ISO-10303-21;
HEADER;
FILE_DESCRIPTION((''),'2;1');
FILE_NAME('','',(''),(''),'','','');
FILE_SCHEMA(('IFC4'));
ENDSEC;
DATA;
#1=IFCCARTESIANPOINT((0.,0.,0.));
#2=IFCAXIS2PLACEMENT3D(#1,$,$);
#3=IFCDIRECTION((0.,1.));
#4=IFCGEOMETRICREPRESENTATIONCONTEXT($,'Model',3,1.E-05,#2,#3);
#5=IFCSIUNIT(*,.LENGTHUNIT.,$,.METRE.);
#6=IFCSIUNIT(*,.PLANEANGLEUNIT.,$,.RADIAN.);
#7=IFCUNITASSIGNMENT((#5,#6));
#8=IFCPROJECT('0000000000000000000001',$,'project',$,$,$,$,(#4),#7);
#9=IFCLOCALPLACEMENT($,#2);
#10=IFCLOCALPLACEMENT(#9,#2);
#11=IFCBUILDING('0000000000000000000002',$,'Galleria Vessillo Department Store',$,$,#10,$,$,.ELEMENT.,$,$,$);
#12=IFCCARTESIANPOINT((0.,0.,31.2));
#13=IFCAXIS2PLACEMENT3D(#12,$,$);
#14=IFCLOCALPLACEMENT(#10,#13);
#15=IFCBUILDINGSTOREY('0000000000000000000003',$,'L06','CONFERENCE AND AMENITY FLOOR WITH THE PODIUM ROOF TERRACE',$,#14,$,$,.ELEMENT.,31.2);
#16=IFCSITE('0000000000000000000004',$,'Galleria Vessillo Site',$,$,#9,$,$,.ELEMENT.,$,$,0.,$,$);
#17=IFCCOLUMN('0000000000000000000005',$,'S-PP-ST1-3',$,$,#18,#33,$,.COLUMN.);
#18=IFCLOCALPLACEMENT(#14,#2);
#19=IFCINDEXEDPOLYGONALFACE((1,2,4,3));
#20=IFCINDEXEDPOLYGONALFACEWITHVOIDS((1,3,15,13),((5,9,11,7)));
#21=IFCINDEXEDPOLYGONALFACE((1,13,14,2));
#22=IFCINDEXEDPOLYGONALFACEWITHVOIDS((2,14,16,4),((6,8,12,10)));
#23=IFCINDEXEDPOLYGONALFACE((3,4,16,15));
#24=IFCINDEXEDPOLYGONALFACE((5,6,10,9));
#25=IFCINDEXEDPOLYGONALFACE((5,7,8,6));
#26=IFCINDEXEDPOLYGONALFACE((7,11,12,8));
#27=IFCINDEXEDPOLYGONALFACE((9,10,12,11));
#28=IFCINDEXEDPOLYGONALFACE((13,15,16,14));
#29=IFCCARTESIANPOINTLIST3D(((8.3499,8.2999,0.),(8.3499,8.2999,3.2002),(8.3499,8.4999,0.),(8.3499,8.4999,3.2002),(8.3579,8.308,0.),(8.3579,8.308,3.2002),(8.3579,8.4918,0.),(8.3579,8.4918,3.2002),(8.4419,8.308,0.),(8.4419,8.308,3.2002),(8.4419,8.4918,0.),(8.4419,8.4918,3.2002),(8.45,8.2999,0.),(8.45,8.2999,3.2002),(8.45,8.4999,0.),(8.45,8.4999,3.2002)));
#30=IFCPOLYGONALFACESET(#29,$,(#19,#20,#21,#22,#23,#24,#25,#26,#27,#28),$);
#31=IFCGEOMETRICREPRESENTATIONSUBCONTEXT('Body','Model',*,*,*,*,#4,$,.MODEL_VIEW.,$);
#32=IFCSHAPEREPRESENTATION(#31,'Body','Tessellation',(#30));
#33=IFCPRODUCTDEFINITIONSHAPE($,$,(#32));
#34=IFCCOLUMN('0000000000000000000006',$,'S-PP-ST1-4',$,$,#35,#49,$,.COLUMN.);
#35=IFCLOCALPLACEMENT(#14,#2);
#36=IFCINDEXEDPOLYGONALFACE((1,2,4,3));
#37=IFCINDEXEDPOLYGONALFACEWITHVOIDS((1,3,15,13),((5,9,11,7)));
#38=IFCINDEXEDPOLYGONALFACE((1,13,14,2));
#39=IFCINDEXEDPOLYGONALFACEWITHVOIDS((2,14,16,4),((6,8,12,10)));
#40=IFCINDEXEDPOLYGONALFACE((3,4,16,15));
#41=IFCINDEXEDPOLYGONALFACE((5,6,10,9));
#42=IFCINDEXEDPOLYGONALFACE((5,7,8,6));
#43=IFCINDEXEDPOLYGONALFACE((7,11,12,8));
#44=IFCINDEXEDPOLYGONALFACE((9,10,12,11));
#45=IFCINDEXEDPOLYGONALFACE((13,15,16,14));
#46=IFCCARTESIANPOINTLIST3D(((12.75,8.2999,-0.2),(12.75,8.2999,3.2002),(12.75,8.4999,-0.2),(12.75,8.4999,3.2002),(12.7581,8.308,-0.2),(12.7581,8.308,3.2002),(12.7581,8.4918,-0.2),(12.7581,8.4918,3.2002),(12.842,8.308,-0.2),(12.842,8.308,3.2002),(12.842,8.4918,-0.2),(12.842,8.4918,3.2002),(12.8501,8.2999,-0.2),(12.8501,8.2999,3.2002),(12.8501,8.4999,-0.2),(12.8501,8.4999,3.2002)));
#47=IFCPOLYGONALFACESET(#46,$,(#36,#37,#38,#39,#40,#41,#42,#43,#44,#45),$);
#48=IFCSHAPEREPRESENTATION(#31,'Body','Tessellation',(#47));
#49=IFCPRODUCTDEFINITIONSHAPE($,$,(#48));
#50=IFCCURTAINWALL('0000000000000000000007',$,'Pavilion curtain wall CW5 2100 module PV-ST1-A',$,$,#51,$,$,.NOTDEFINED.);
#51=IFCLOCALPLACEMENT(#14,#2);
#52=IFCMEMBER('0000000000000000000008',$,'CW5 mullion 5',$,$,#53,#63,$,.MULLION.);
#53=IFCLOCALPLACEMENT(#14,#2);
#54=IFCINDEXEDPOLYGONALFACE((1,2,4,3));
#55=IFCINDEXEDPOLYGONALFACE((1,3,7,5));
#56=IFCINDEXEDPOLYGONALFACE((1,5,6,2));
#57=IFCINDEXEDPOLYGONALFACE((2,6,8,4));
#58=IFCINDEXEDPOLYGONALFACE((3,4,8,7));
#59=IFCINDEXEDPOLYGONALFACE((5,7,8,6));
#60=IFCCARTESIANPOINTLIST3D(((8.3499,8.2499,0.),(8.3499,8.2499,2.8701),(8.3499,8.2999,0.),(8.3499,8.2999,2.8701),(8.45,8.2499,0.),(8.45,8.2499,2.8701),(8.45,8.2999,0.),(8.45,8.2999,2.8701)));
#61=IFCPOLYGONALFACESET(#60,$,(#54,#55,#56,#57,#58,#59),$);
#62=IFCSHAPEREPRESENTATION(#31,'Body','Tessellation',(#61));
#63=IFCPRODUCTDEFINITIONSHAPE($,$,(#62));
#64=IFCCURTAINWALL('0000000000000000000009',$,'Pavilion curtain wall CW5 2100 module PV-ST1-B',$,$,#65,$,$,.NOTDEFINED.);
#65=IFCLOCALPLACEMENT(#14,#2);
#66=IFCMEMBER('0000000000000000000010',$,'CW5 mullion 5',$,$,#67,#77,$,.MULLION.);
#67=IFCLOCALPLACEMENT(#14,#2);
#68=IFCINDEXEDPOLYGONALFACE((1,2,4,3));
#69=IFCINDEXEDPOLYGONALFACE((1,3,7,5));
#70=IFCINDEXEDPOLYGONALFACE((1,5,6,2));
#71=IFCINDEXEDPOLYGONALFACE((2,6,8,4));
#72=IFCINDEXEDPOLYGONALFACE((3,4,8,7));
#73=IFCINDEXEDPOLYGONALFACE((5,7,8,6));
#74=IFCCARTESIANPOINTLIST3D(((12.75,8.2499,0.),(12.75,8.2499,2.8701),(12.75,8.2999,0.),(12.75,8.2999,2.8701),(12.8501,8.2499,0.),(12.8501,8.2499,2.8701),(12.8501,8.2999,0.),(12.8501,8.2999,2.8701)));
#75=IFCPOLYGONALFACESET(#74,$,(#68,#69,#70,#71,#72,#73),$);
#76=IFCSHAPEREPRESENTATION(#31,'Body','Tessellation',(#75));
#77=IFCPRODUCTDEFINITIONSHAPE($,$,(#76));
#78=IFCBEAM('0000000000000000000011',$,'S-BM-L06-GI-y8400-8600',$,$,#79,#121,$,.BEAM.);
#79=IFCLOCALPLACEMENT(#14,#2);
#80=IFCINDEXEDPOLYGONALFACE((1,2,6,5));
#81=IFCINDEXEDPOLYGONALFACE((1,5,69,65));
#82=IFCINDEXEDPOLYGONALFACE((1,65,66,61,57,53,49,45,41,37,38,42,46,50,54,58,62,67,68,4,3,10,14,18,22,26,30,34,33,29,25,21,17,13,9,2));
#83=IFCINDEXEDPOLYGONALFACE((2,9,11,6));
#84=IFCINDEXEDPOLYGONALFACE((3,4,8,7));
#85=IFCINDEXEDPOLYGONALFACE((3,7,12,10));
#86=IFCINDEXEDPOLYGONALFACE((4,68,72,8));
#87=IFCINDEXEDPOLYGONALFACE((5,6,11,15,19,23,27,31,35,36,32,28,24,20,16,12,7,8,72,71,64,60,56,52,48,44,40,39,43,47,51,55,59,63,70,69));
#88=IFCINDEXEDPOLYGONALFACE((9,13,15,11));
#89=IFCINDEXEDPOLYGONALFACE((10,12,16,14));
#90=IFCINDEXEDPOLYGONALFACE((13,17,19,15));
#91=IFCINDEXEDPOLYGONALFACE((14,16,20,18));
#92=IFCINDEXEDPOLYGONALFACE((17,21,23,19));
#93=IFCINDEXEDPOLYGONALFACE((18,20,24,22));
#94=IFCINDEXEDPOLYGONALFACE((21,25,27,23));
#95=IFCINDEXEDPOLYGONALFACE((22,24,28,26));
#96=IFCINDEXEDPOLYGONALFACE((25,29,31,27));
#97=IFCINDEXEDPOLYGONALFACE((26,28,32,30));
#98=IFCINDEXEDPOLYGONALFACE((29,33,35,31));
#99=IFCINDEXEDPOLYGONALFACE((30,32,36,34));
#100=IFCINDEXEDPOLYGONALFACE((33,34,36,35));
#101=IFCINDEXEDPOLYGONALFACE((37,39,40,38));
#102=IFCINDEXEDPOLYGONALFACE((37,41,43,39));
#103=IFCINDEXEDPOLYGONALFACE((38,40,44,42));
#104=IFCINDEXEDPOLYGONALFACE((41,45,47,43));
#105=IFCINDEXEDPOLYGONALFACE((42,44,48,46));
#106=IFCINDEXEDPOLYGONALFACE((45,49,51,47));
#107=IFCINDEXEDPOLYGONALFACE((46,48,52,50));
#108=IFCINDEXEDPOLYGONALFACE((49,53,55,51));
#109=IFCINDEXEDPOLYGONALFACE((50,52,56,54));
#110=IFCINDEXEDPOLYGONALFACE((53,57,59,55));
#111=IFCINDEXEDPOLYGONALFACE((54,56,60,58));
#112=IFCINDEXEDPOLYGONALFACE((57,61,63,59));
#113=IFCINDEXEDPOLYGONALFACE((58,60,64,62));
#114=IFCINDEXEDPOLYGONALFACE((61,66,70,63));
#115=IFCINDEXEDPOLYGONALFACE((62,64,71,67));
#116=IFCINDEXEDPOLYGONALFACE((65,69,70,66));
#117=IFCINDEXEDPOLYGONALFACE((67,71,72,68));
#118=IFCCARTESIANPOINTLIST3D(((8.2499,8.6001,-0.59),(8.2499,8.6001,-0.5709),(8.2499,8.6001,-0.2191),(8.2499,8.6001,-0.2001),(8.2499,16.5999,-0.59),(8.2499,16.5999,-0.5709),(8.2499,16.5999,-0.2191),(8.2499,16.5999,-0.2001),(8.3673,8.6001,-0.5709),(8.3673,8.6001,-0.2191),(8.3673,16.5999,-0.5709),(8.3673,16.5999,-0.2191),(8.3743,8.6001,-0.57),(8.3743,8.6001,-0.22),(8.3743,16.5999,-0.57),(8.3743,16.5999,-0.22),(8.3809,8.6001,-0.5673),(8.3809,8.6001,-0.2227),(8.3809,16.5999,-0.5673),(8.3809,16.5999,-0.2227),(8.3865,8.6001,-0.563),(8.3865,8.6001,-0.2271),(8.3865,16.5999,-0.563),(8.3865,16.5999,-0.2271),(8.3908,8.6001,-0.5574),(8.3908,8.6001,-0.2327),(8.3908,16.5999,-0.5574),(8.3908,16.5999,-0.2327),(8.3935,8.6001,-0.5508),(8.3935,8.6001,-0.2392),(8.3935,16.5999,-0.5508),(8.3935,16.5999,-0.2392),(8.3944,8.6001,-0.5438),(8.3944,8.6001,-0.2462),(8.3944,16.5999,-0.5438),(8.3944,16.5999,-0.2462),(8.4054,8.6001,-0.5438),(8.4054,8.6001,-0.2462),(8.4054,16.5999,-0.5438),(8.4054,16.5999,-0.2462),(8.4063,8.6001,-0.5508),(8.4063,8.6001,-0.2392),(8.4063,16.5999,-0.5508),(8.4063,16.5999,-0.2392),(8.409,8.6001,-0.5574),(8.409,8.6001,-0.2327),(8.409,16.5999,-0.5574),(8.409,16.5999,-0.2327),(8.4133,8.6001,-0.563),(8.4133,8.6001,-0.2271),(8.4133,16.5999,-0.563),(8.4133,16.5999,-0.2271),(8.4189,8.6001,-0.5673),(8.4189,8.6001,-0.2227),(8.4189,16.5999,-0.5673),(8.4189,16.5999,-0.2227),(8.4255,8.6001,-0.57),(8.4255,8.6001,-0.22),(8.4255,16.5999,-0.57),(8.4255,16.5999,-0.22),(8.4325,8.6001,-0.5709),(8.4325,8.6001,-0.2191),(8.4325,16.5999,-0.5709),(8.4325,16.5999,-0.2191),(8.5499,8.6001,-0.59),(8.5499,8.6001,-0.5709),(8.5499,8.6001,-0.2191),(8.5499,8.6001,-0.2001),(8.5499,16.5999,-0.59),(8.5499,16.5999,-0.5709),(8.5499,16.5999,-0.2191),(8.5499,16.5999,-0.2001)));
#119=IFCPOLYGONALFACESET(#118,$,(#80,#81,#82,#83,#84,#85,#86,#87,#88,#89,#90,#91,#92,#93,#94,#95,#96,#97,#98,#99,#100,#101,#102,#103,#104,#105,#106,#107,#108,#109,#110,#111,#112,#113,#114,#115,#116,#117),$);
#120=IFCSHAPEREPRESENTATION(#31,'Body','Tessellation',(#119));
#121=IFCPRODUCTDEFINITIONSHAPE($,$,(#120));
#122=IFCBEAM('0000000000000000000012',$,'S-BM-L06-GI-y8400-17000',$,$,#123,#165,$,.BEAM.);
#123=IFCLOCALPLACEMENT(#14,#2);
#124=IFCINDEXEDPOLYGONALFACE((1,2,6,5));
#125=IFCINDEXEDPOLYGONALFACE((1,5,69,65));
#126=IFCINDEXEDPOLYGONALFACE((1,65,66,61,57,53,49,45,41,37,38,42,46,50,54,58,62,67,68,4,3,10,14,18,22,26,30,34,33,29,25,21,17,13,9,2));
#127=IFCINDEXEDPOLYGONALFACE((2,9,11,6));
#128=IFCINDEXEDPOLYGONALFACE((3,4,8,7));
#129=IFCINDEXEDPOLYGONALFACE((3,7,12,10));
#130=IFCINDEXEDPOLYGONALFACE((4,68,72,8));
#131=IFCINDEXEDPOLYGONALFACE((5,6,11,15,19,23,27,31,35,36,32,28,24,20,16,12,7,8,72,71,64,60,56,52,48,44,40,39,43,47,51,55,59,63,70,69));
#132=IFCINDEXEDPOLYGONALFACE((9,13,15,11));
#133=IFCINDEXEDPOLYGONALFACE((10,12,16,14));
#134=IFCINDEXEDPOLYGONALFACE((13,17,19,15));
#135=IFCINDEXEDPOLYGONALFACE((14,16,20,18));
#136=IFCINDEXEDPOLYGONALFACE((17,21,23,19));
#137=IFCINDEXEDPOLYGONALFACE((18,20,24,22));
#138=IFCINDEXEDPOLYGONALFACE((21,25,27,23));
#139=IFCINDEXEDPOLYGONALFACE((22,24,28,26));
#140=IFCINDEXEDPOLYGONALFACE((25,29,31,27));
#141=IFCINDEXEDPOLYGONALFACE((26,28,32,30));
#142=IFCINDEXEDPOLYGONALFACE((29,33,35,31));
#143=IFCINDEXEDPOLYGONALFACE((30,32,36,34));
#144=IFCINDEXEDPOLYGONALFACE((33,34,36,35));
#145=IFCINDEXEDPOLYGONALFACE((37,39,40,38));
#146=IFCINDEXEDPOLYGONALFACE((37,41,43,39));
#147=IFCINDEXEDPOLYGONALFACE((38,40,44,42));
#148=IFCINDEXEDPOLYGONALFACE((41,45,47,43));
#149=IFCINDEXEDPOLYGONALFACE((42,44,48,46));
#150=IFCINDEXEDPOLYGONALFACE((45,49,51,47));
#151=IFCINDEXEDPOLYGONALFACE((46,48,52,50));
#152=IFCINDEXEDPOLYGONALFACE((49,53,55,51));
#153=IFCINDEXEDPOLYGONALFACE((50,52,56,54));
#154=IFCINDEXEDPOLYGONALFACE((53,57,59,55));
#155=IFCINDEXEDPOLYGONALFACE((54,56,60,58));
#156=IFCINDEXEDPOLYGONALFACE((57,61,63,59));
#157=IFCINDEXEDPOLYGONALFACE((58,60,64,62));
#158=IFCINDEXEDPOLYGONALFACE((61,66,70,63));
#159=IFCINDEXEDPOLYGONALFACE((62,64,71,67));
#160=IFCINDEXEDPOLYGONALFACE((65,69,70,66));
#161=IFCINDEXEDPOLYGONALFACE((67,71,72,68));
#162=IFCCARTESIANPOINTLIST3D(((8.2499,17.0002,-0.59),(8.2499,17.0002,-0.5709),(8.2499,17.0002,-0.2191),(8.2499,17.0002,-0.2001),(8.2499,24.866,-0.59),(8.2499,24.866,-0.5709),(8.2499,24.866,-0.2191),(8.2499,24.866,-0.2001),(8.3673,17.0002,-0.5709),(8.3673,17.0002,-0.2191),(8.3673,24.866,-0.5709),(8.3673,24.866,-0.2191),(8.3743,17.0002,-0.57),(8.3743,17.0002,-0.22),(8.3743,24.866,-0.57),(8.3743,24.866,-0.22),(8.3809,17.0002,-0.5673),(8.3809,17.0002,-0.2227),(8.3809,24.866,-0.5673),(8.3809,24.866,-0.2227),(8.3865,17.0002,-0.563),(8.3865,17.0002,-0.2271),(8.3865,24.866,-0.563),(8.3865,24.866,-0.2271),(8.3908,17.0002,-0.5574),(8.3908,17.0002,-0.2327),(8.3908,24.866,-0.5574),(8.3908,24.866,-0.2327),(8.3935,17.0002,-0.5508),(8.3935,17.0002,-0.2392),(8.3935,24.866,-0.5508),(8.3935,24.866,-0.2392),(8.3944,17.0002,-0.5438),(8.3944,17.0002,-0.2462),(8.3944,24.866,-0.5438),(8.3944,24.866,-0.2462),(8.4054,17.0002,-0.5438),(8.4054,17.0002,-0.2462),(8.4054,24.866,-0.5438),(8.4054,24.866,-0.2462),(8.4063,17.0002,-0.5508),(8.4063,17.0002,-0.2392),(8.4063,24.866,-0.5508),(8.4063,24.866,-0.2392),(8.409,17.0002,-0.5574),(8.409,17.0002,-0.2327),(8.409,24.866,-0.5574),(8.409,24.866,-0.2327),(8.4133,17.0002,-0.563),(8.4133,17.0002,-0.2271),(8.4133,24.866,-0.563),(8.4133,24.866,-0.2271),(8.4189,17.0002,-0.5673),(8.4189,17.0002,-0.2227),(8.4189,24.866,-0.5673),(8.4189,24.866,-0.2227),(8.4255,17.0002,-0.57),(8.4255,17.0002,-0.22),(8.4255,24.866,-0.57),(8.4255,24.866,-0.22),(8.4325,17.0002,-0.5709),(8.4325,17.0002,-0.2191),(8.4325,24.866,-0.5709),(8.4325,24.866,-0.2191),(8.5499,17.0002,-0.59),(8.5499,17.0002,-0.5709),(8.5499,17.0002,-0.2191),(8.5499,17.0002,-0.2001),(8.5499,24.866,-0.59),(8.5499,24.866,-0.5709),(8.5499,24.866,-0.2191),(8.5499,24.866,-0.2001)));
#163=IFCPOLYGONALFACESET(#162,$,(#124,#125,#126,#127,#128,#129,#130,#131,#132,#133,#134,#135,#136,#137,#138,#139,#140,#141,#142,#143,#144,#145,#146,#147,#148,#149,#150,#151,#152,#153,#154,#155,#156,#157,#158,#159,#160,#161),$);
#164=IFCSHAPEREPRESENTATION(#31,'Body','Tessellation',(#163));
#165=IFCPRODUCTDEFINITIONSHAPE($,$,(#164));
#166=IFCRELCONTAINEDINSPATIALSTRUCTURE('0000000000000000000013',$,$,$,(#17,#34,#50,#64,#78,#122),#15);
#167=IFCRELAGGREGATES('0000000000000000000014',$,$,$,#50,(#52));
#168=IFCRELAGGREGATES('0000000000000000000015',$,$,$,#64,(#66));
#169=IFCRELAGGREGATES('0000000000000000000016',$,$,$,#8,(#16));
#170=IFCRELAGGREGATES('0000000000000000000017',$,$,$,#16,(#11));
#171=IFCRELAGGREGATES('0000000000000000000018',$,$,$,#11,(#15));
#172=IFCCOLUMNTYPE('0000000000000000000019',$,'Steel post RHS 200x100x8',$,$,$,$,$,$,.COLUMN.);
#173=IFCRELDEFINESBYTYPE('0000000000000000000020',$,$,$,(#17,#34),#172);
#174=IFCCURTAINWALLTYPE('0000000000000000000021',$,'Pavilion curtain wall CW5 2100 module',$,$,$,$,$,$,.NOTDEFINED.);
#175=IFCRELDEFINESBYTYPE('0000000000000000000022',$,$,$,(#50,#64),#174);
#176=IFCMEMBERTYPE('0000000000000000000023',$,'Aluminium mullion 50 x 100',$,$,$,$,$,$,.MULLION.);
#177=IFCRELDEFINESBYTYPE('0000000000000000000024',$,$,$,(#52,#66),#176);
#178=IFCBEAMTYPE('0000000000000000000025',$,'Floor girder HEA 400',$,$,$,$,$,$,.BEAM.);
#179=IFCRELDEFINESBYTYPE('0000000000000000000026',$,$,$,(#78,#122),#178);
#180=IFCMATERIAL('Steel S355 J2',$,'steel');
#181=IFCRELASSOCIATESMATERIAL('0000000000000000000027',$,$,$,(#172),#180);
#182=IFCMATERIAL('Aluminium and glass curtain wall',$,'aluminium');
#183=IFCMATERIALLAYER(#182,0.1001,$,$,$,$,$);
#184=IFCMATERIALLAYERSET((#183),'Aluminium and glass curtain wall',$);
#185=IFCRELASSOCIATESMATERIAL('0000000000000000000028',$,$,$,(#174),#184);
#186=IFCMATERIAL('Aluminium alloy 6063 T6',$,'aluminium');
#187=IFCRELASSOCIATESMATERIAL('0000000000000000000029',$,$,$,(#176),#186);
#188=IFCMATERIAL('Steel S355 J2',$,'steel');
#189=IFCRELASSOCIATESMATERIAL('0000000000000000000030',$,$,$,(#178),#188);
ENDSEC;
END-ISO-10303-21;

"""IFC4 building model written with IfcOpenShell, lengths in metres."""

from ifc_helpers import new_model, si_unit, direction, frame, origin, origin_2d, place, context, subcontext, project, spatial, rectangle, hollow_rectangle, i_section, extrude, material, layer, layer_set, material_profile, profile_set, type_object, element, aggregate, save


model = new_model("IFC4")

# Units and contexts
model_context = context("Model", 3, precision=1e-05, world=origin(), true_north=direction((0.0, 1.0)))
body_context = subcontext(model_context, "Body", "Model", "MODEL_VIEW")
ifc_project = project(units=[si_unit("LENGTHUNIT", "METRE"), si_unit("PLANEANGLEUNIT", "RADIAN")], contexts=[model_context])

# Site, building, storey
site_placement = place(None, origin())
site = spatial("IfcSite", under=ifc_project, at=site_placement, Name="Galleria Vessillo Site", CompositionType="ELEMENT", RefElevation=0.0)
building_placement = place(site_placement, origin())
building = spatial("IfcBuilding", under=site, at=building_placement, Name="Galleria Vessillo Department Store", CompositionType="ELEMENT")
storey_placement = place(building_placement, frame((0.0, 0.0, 31.2)))
storey = spatial("IfcBuildingStorey", under=building, at=storey_placement, Name="L06", Description="CONFERENCE AND AMENITY FLOOR WITH THE PODIUM ROOF TERRACE", CompositionType="ELEMENT", Elevation=31.2)

# Columns
ifc_material_1 = material(Name="Steel S355 J2", Category="steel")
ifc_material_profile_1 = material_profile(ifc_material_1, hollow_rectangle(XDim=0.1001, YDim=0.2, WallThickness=0.0081, at=origin_2d()), Name="RHS 200x100x8")
ifc_profile_set_1 = profile_set([ifc_material_profile_1], Name="Steel S355 J2")
column_type = type_object("IfcColumnType", Name="Steel post RHS 200x100x8", PredefinedType="COLUMN", material=ifc_profile_set_1)
column_1_placement = place(storey_placement, frame((8.3999, 8.3999, 0.0), z_axis=(0.0, 0.0, 1.0), x_axis=(1.0, 0.0, 0.0)))
element("IfcColumn", 1, at=column_1_placement, inside=storey, type_object=column_type, Name="S-PP-ST1-3", PredefinedType="COLUMN", context=body_context, shape_type="SweptSolid", body=[
    extrude(hollow_rectangle(XDim=0.1001, YDim=0.2, WallThickness=0.0081, at=origin_2d()), origin(), (0.0, 0.0, 1.0), 3.2002),
])
column_2_placement = place(storey_placement, frame((12.8, 8.3999, -0.2), z_axis=(0.0, 0.0, 1.0), x_axis=(1.0, 0.0, 0.0)))
element("IfcColumn", 2, at=column_2_placement, inside=storey, type_object=column_type, Name="S-PP-ST1-4", PredefinedType="COLUMN", context=body_context, shape_type="SweptSolid", body=[
    extrude(hollow_rectangle(XDim=0.1001, YDim=0.2, WallThickness=0.0081, at=origin_2d()), origin(), (0.0, 0.0, 1.0), 3.4001),
])

# Curtain walls, members
ifc_material_2 = material(Name="Aluminium and glass curtain wall", Category="aluminium")
ifc_layer_1 = layer(ifc_material_2, 0.1001)
ifc_layer_set_1 = layer_set([ifc_layer_1], Name="Aluminium and glass curtain wall")
curtain_wall_type = type_object("IfcCurtainWallType", Name="Pavilion curtain wall CW5 2100 module", PredefinedType="NOTDEFINED", material=ifc_layer_set_1)
curtain_wall_1_placement = place(storey_placement, origin())
curtain_wall_1 = element("IfcCurtainWall", 3, at=curtain_wall_1_placement, inside=storey, type_object=curtain_wall_type, Name="Pavilion curtain wall CW5 2100 module PV-ST1-A", PredefinedType="NOTDEFINED")
ifc_material_3 = material(Name="Aluminium alloy 6063 T6", Category="aluminium")
ifc_material_profile_2 = material_profile(ifc_material_3, rectangle(XDim=0.1001, YDim=0.05, at=origin_2d()), Name="AL 50x100")
ifc_profile_set_2 = profile_set([ifc_material_profile_2], Name="Aluminium alloy 6063 T6")
member_type = type_object("IfcMemberType", Name="Aluminium mullion 50 x 100", PredefinedType="MULLION", material=ifc_profile_set_2)
member_1_placement = place(storey_placement, frame((8.3999, 8.2749, 0.0), z_axis=(0.0, 0.0, 1.0), x_axis=(-1.0, 0.0, 0.0)))
member_1 = element("IfcMember", 4, at=member_1_placement, type_object=member_type, Name="CW5 mullion 5", PredefinedType="MULLION", context=body_context, shape_type="SweptSolid", body=[
    extrude(rectangle(XDim=0.1001, YDim=0.05, at=origin_2d()), origin(), (0.0, 0.0, 1.0), 2.8701),
])
aggregate(curtain_wall_1, [member_1])
curtain_wall_2_placement = place(storey_placement, origin())
curtain_wall_2 = element("IfcCurtainWall", 5, at=curtain_wall_2_placement, inside=storey, type_object=curtain_wall_type, Name="Pavilion curtain wall CW5 2100 module PV-ST1-B", PredefinedType="NOTDEFINED")
member_2_placement = place(storey_placement, frame((12.8, 8.2749, 0.0), z_axis=(0.0, 0.0, 1.0), x_axis=(-1.0, 0.0, 0.0)))
member_2 = element("IfcMember", 6, at=member_2_placement, type_object=member_type, Name="CW5 mullion 5", PredefinedType="MULLION", context=body_context, shape_type="SweptSolid", body=[
    extrude(rectangle(XDim=0.1001, YDim=0.05, at=origin_2d()), origin(), (0.0, 0.0, 1.0), 2.8701),
])
aggregate(curtain_wall_2, [member_2])

# Beams
ifc_material_4 = material(Name="Steel S355 J2", Category="steel")
ifc_material_profile_3 = material_profile(ifc_material_4, i_section(OverallWidth=0.3, OverallDepth=0.3899, WebThickness=0.011, FlangeThickness=0.019, FilletRadius=0.0271, at=origin_2d()), Name="HEA 400")
ifc_profile_set_3 = profile_set([ifc_material_profile_3], Name="Steel S355 J2")
beam_type_1 = type_object("IfcBeamType", Name="Floor girder HEA 400", PredefinedType="BEAM", material=ifc_profile_set_3)
beam_1_placement = place(storey_placement, frame((8.3999, 8.6001, -0.395), z_axis=(0.0, 1.0, 0.0), x_axis=(-1.0, 0.0, 0.0)))
element("IfcBeam", 7, at=beam_1_placement, inside=storey, type_object=beam_type_1, Name="S-BM-L06-GI-y8400-8600", PredefinedType="BEAM", context=body_context, shape_type="SweptSolid", body=[
    extrude(i_section(OverallWidth=0.3, OverallDepth=0.3899, WebThickness=0.011, FlangeThickness=0.019, FilletRadius=0.0271, at=origin_2d()), origin(), (0.0, 0.0, 1.0), 7.9998),
])
beam_2_placement = place(storey_placement, frame((8.3999, 17.0002, -0.395), z_axis=(0.0, 1.0, 0.0), x_axis=(-1.0, 0.0, 0.0)))
element("IfcBeam", 8, at=beam_2_placement, inside=storey, type_object=beam_type_1, Name="S-BM-L06-GI-y8400-17000", PredefinedType="BEAM", context=body_context, shape_type="SweptSolid", body=[
    extrude(i_section(OverallWidth=0.3, OverallDepth=0.3899, WebThickness=0.011, FlangeThickness=0.019, FilletRadius=0.0271, at=origin_2d()), origin(), (0.0, 0.0, 1.0), 7.8657),
])

save(model, "model.ifc")
